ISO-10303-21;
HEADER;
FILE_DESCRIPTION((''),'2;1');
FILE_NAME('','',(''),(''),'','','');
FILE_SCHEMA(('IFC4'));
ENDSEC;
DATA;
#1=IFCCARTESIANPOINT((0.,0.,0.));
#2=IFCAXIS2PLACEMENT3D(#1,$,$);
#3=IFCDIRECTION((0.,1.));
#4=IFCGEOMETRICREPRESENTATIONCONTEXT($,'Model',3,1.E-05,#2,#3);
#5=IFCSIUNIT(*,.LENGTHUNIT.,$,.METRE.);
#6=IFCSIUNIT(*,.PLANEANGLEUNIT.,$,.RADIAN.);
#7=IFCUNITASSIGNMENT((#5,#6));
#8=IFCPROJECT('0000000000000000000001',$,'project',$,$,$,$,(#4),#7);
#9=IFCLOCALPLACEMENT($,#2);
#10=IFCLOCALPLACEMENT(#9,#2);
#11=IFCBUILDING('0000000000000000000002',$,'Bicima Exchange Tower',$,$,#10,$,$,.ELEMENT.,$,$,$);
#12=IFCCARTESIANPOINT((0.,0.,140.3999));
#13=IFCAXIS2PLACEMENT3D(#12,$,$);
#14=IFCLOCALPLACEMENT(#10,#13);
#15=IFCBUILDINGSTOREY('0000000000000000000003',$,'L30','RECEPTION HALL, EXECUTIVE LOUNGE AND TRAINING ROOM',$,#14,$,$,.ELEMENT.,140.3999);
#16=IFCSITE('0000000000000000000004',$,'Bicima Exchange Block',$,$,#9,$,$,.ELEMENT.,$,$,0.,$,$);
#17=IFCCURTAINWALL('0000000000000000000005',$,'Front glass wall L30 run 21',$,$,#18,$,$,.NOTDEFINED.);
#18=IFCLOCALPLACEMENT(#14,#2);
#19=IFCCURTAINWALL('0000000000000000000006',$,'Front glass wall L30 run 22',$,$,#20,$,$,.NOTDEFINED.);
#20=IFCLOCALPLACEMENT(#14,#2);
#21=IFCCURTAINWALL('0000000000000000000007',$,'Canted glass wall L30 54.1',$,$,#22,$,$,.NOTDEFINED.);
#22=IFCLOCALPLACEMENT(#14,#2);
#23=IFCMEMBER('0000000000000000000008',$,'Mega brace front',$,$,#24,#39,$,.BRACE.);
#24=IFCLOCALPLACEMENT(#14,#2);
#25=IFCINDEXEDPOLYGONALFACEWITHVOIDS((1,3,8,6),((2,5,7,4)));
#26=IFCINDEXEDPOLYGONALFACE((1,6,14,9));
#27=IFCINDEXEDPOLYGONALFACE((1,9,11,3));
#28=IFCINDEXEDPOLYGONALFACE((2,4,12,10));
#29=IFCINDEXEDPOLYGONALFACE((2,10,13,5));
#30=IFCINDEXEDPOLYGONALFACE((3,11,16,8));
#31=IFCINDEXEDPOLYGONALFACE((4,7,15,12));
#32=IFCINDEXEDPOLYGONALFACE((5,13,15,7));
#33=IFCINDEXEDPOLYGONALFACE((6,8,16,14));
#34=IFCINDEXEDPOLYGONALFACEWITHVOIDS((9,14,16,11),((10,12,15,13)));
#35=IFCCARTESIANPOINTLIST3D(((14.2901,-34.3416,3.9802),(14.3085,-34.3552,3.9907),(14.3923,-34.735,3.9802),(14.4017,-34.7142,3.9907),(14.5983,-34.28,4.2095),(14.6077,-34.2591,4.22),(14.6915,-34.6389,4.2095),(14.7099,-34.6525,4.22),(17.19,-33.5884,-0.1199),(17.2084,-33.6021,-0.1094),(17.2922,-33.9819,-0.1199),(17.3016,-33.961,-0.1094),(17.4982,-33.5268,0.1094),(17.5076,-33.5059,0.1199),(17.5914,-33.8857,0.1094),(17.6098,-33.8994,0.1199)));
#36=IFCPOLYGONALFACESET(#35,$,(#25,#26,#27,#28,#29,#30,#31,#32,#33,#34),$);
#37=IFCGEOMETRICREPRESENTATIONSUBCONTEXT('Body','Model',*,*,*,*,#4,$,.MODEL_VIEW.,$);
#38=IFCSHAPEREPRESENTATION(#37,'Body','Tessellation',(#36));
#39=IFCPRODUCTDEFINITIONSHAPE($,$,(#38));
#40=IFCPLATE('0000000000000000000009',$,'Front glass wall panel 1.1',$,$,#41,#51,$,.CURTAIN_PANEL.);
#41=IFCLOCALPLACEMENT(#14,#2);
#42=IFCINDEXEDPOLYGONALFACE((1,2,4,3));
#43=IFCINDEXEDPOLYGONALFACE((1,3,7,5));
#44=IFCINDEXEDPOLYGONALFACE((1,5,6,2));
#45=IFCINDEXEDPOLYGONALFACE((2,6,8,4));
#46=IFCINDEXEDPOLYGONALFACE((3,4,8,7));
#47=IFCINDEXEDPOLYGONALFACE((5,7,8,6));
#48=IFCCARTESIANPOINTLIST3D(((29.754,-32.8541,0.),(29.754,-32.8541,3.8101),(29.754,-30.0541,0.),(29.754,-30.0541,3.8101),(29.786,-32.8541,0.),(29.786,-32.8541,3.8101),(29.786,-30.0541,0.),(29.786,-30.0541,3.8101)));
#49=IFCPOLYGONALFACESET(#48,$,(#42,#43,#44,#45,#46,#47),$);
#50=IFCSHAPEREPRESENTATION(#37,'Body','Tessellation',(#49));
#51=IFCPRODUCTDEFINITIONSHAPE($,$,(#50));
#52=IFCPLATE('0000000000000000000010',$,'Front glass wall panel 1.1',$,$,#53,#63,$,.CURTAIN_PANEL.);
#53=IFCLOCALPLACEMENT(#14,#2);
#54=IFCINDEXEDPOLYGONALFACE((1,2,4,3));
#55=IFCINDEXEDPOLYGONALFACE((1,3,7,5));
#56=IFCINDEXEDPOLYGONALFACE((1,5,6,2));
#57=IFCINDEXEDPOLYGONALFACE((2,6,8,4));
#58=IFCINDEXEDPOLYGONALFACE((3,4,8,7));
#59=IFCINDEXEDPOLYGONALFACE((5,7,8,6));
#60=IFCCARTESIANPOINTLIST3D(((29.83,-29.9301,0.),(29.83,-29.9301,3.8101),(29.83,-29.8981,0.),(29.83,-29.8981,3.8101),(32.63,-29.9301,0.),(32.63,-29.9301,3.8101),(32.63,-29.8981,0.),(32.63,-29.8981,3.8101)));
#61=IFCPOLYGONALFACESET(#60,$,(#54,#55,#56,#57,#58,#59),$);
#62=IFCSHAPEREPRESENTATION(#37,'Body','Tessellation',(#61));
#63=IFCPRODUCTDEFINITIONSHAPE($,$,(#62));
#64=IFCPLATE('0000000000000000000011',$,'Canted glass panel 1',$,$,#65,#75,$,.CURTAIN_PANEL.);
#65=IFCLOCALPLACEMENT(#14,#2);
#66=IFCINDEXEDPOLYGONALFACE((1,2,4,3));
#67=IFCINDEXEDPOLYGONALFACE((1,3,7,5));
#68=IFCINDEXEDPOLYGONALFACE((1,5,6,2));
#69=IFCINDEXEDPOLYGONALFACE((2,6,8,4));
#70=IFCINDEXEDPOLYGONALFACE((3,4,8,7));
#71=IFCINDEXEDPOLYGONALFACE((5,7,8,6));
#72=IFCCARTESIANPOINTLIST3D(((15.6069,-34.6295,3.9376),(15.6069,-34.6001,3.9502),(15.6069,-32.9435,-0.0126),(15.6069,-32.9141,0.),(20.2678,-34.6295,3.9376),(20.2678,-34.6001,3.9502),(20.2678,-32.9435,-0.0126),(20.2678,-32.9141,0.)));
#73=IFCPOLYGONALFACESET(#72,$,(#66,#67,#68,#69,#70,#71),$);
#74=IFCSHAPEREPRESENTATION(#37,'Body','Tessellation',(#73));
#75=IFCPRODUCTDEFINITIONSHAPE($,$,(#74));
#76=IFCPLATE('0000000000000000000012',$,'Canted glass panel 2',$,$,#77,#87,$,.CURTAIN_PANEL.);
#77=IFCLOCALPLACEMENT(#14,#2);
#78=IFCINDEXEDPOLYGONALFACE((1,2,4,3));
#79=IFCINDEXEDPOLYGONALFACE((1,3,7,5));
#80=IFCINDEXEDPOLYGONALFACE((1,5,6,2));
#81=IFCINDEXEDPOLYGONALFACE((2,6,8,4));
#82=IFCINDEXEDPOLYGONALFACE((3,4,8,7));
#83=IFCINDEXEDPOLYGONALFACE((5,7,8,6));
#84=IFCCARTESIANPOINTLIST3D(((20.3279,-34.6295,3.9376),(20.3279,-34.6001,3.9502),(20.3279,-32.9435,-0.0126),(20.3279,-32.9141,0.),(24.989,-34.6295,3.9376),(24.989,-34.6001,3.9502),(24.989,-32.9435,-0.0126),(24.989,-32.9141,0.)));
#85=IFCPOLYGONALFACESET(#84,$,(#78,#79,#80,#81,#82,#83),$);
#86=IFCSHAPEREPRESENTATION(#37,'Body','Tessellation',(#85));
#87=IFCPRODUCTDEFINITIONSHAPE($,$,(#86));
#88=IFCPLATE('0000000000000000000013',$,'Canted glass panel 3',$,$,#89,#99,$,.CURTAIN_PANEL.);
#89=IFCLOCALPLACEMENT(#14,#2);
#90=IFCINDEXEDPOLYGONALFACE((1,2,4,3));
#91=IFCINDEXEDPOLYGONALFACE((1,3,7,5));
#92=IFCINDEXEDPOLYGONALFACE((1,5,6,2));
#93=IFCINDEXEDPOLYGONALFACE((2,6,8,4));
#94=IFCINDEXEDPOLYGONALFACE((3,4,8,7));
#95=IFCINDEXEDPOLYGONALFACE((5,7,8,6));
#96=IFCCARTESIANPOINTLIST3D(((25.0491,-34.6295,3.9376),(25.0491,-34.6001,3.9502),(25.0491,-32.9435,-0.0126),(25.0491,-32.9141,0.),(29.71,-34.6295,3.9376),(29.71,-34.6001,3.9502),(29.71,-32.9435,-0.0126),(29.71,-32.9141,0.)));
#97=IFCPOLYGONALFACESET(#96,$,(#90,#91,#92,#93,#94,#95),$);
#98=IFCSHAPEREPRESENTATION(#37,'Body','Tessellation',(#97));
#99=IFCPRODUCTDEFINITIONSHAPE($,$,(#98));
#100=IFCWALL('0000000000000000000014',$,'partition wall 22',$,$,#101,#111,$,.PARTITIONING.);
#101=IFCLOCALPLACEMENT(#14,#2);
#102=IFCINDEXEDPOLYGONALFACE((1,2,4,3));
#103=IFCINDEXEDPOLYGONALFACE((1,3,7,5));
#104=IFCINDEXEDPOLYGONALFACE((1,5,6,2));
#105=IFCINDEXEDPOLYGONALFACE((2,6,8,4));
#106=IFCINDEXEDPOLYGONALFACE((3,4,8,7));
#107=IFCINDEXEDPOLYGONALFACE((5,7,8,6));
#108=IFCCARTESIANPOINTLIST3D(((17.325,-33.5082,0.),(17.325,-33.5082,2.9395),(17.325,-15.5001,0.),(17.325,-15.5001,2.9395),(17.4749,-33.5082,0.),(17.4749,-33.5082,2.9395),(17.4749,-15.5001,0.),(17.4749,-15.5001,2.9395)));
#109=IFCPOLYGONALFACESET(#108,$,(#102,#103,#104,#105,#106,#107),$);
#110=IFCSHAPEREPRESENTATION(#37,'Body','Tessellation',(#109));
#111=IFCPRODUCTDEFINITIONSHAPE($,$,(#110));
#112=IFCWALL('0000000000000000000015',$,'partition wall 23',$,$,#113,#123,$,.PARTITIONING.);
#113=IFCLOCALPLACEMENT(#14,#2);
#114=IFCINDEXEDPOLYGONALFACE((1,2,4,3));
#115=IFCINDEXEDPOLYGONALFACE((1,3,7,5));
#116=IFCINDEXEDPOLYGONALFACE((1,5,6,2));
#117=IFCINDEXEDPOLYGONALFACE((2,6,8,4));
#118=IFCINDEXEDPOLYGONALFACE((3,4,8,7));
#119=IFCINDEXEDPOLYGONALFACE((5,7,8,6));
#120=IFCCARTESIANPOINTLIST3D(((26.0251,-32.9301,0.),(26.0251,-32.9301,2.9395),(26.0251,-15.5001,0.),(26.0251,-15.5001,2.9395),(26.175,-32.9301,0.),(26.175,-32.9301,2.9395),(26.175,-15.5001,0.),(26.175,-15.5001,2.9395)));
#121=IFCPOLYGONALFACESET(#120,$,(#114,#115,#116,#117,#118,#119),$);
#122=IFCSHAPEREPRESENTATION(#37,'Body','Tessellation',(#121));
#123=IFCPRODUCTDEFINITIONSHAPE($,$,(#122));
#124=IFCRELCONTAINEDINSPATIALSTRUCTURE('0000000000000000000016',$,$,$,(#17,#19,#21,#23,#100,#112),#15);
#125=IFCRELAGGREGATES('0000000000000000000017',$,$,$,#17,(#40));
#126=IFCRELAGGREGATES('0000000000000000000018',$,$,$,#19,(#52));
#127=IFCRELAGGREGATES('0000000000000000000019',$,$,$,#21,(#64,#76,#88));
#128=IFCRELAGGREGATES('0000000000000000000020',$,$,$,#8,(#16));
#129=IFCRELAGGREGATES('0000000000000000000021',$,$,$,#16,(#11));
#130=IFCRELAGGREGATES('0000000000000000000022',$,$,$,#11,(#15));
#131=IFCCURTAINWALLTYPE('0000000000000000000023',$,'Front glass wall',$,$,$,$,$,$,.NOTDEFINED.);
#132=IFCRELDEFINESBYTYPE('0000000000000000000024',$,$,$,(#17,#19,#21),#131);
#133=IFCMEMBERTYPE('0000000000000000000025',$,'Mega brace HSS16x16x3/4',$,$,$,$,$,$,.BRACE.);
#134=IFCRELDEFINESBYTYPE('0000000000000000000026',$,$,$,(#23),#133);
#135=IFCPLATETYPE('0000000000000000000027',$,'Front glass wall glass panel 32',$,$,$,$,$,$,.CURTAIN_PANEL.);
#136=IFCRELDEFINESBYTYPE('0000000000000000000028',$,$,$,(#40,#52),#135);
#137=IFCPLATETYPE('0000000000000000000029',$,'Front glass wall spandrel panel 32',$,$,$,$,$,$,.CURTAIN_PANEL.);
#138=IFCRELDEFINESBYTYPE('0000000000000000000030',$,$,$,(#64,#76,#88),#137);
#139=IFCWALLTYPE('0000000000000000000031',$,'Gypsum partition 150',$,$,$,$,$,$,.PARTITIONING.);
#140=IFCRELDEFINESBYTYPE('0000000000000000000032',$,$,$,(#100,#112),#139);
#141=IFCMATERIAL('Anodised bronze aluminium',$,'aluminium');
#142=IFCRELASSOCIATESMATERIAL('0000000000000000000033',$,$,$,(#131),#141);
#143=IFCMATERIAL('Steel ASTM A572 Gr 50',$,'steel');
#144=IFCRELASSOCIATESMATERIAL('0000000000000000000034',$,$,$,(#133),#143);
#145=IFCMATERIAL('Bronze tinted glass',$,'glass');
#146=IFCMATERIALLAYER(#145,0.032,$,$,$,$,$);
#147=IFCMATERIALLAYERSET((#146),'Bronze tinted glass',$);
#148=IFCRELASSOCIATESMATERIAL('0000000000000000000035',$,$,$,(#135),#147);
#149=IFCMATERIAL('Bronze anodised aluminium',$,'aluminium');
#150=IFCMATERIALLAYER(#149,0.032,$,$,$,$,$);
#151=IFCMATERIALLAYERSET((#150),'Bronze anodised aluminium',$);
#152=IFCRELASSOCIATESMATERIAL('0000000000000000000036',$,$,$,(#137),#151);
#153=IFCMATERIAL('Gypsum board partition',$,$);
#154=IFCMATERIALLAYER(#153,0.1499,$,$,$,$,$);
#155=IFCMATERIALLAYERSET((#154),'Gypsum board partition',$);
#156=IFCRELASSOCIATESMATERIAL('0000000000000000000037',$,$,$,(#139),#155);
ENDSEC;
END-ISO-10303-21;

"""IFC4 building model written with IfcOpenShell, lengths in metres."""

from ifc_helpers import new_model, si_unit, direction, frame, frame_2d, origin, origin_2d, place, context, subcontext, project, spatial, polyline, rectangle, hollow_rectangle, outline, extrude, material, layer, layer_set, material_profile, profile_set, type_object, element, aggregate, save


model = new_model("IFC4")

# Units and contexts
model_context = context("Model", 3, precision=1e-05, world=origin(), true_north=direction((0.0, 1.0)))
body_context = subcontext(model_context, "Body", "Model", "MODEL_VIEW")
ifc_project = project(units=[si_unit("LENGTHUNIT", "METRE"), si_unit("PLANEANGLEUNIT", "RADIAN")], contexts=[model_context])

# Site, building, storey
site_placement = place(None, origin())
site = spatial("IfcSite", under=ifc_project, at=site_placement, Name="Bicima Exchange Block", CompositionType="ELEMENT", RefElevation=0.0)
building_placement = place(site_placement, origin())
building = spatial("IfcBuilding", under=site, at=building_placement, Name="Bicima Exchange Tower", CompositionType="ELEMENT")
storey_placement = place(building_placement, frame((0.0, 0.0, 140.3999)))
storey = spatial("IfcBuildingStorey", under=building, at=storey_placement, Name="L30", Description="RECEPTION HALL, EXECUTIVE LOUNGE AND TRAINING ROOM", CompositionType="ELEMENT", Elevation=140.3999)

# Shared definitions
ifc_material_1 = material(Name="Steel ASTM A572 Gr 50", Category="steel")

# Curtain wall
ifc_material_2 = material(Name="Anodised bronze aluminium", Category="aluminium")
curtain_wall_type = type_object("IfcCurtainWallType", Name="Front glass wall", PredefinedType="NOTDEFINED", material=ifc_material_2)
curtain_wall_1_placement = place(storey_placement, origin())
curtain_wall_1 = element("IfcCurtainWall", 1, at=curtain_wall_1_placement, inside=storey, type_object=curtain_wall_type, Name="Front glass wall L30 run 21", PredefinedType="NOTDEFINED")

# Curtain wall
curtain_wall_2_placement = place(storey_placement, origin())
curtain_wall_2 = element("IfcCurtainWall", 2, at=curtain_wall_2_placement, inside=storey, type_object=curtain_wall_type, Name="Front glass wall L30 run 22", PredefinedType="NOTDEFINED")

# Curtain wall
curtain_wall_3_placement = place(storey_placement, origin())
curtain_wall_3 = element("IfcCurtainWall", 3, at=curtain_wall_3_placement, inside=storey, type_object=curtain_wall_type, Name="Canted glass wall L30 54.1", PredefinedType="NOTDEFINED")

# Member
ifc_material_profile_1 = material_profile(ifc_material_1, hollow_rectangle(XDim=0.4065, YDim=0.4065, WallThickness=0.0178, at=origin_2d()))
ifc_profile_set_1 = profile_set([ifc_material_profile_1], Name="Steel ASTM A572 Gr 50")
member_type_1 = type_object("IfcMemberType", Name="Mega brace HSS16x16x3/4", PredefinedType="BRACE", material=ifc_profile_set_1)
member_1_placement = place(storey_placement, frame((17.3999, -33.7439, 0.0), z_axis=(-0.571056, -0.148317, 0.807401), x_axis=(0.251383, -0.967888, 0.0)))
element("IfcMember", 4, at=member_1_placement, inside=storey, type_object=member_type_1, Name="Mega brace front", PredefinedType="BRACE", context=body_context, shape_type="SweptSolid", body=[
    extrude(hollow_rectangle(XDim=0.4065, YDim=0.4065, WallThickness=0.0178, at=origin_2d()), origin(), (0.0, 0.0, 1.0), 5.0781),
])

# Plates
ifc_material_3 = material(Name="Bronze tinted glass", Category="glass")
ifc_layer_1 = layer(ifc_material_3, 0.032)
ifc_layer_set_1 = layer_set([ifc_layer_1], Name="Bronze tinted glass")
plate_type_1 = type_object("IfcPlateType", Name="Front glass wall glass panel 32", PredefinedType="CURTAIN_PANEL", material=ifc_layer_set_1)
plate_1_placement = place(storey_placement, frame((29.77, -31.4541, 0.0), z_axis=(0.0, 0.0, 1.0), x_axis=(0.0, 1.0, 0.0)))
plate_1 = element("IfcPlate", 5, at=plate_1_placement, type_object=plate_type_1, Name="Front glass wall panel 1.1", PredefinedType="CURTAIN_PANEL", context=body_context, shape_type="SweptSolid", body=[
    extrude(rectangle(XDim=2.8, YDim=0.032, at=origin_2d()), origin(), (0.0, 0.0, 1.0), 3.8101),
])
aggregate(curtain_wall_1, [plate_1])
plate_2_placement = place(storey_placement, frame((31.23, -29.9141, 0.0), z_axis=(0.0, 0.0, 1.0), x_axis=(1.0, 0.0, 0.0)))
plate_2 = element("IfcPlate", 6, at=plate_2_placement, type_object=plate_type_1, Name="Front glass wall panel 1.1", PredefinedType="CURTAIN_PANEL", context=body_context, shape_type="SweptSolid", body=[
    extrude(rectangle(XDim=2.8, YDim=0.032, at=origin_2d()), origin(), (0.0, 0.0, 1.0), 3.8101),
])
aggregate(curtain_wall_2, [plate_2])
ifc_material_4 = material(Name="Bronze anodised aluminium", Category="aluminium")
ifc_layer_2 = layer(ifc_material_4, 0.032)
ifc_layer_set_2 = layer_set([ifc_layer_2], Name="Bronze anodised aluminium")
plate_type_2 = type_object("IfcPlateType", Name="Front glass wall spandrel panel 32", PredefinedType="CURTAIN_PANEL", material=ifc_layer_set_2)
plate_3_placement = place(storey_placement, frame((15.6069, -32.9141, 0.0), z_axis=(0.0, 0.919726, 0.392561), x_axis=(1.0, 0.0, 0.0)))
plate_3 = element("IfcPlate", 7, at=plate_3_placement, type_object=plate_type_2, Name="Canted glass panel 1", PredefinedType="CURTAIN_PANEL", context=body_context, shape_type="SweptSolid", body=[
    extrude(outline(polyline([(0.0, 0.0), (4.6609, 0.0), (4.6609, -4.295), (0.0, -4.295), (0.0, 0.0)])), origin(), (0.0, 0.0, -1.0), 0.032),
])
plate_4_placement = place(storey_placement, frame((20.3279, -32.9141, 0.0), z_axis=(0.0, 0.919726, 0.392561), x_axis=(1.0, 0.0, 0.0)))
plate_4 = element("IfcPlate", 8, at=plate_4_placement, type_object=plate_type_2, Name="Canted glass panel 2", PredefinedType="CURTAIN_PANEL", context=body_context, shape_type="SweptSolid", body=[
    extrude(outline(polyline([(0.0, 0.0), (4.6611, 0.0), (4.6611, -4.295), (0.0, -4.295), (0.0, 0.0)])), origin(), (0.0, 0.0, -1.0), 0.032),
])
plate_5_placement = place(storey_placement, frame((25.0491, -32.9141, 0.0), z_axis=(0.0, 0.919726, 0.392561), x_axis=(1.0, 0.0, 0.0)))
plate_5 = element("IfcPlate", 9, at=plate_5_placement, type_object=plate_type_2, Name="Canted glass panel 3", PredefinedType="CURTAIN_PANEL", context=body_context, shape_type="SweptSolid", body=[
    extrude(outline(polyline([(0.0, 0.0), (4.6609, 0.0), (4.6609, -4.295), (0.0, -4.295), (0.0, 0.0)])), origin(), (0.0, 0.0, -1.0), 0.032),
])
aggregate(curtain_wall_3, [plate_3, plate_4, plate_5])

# Walls
ifc_material_5 = material(Name="Gypsum board partition")
ifc_layer_3 = layer(ifc_material_5, 0.1499)
ifc_layer_set_3 = layer_set([ifc_layer_3], Name="Gypsum board partition")
wall_type = type_object("IfcWallType", Name="Gypsum partition 150", PredefinedType="PARTITIONING", material=ifc_layer_set_3)
wall_1_placement = place(storey_placement, frame((17.3999, -33.5081, 0.0), z_axis=(0.0, 0.0, 1.0), x_axis=(0.0, 1.0, 0.0)))
element("IfcWall", 10, at=wall_1_placement, inside=storey, type_object=wall_type, Name="partition wall 22", PredefinedType="PARTITIONING", context=body_context, shape_type="SweptSolid", body=[
    extrude(rectangle(XDim=18.0081, YDim=0.1499, at=frame_2d((9.0039, 0.0))), origin(), (0.0, 0.0, 1.0), 2.9395),
])
wall_2_placement = place(storey_placement, frame((26.1001, -32.9299, 0.0), z_axis=(0.0, 0.0, 1.0), x_axis=(0.0, 1.0, 0.0)))
element("IfcWall", 11, at=wall_2_placement, inside=storey, type_object=wall_type, Name="partition wall 23", PredefinedType="PARTITIONING", context=body_context, shape_type="SweptSolid", body=[
    extrude(rectangle(XDim=17.4299, YDim=0.1499, at=frame_2d((8.7148, 0.0))), origin(), (0.0, 0.0, 1.0), 2.9395),
])

save(model, "model.ifc")
